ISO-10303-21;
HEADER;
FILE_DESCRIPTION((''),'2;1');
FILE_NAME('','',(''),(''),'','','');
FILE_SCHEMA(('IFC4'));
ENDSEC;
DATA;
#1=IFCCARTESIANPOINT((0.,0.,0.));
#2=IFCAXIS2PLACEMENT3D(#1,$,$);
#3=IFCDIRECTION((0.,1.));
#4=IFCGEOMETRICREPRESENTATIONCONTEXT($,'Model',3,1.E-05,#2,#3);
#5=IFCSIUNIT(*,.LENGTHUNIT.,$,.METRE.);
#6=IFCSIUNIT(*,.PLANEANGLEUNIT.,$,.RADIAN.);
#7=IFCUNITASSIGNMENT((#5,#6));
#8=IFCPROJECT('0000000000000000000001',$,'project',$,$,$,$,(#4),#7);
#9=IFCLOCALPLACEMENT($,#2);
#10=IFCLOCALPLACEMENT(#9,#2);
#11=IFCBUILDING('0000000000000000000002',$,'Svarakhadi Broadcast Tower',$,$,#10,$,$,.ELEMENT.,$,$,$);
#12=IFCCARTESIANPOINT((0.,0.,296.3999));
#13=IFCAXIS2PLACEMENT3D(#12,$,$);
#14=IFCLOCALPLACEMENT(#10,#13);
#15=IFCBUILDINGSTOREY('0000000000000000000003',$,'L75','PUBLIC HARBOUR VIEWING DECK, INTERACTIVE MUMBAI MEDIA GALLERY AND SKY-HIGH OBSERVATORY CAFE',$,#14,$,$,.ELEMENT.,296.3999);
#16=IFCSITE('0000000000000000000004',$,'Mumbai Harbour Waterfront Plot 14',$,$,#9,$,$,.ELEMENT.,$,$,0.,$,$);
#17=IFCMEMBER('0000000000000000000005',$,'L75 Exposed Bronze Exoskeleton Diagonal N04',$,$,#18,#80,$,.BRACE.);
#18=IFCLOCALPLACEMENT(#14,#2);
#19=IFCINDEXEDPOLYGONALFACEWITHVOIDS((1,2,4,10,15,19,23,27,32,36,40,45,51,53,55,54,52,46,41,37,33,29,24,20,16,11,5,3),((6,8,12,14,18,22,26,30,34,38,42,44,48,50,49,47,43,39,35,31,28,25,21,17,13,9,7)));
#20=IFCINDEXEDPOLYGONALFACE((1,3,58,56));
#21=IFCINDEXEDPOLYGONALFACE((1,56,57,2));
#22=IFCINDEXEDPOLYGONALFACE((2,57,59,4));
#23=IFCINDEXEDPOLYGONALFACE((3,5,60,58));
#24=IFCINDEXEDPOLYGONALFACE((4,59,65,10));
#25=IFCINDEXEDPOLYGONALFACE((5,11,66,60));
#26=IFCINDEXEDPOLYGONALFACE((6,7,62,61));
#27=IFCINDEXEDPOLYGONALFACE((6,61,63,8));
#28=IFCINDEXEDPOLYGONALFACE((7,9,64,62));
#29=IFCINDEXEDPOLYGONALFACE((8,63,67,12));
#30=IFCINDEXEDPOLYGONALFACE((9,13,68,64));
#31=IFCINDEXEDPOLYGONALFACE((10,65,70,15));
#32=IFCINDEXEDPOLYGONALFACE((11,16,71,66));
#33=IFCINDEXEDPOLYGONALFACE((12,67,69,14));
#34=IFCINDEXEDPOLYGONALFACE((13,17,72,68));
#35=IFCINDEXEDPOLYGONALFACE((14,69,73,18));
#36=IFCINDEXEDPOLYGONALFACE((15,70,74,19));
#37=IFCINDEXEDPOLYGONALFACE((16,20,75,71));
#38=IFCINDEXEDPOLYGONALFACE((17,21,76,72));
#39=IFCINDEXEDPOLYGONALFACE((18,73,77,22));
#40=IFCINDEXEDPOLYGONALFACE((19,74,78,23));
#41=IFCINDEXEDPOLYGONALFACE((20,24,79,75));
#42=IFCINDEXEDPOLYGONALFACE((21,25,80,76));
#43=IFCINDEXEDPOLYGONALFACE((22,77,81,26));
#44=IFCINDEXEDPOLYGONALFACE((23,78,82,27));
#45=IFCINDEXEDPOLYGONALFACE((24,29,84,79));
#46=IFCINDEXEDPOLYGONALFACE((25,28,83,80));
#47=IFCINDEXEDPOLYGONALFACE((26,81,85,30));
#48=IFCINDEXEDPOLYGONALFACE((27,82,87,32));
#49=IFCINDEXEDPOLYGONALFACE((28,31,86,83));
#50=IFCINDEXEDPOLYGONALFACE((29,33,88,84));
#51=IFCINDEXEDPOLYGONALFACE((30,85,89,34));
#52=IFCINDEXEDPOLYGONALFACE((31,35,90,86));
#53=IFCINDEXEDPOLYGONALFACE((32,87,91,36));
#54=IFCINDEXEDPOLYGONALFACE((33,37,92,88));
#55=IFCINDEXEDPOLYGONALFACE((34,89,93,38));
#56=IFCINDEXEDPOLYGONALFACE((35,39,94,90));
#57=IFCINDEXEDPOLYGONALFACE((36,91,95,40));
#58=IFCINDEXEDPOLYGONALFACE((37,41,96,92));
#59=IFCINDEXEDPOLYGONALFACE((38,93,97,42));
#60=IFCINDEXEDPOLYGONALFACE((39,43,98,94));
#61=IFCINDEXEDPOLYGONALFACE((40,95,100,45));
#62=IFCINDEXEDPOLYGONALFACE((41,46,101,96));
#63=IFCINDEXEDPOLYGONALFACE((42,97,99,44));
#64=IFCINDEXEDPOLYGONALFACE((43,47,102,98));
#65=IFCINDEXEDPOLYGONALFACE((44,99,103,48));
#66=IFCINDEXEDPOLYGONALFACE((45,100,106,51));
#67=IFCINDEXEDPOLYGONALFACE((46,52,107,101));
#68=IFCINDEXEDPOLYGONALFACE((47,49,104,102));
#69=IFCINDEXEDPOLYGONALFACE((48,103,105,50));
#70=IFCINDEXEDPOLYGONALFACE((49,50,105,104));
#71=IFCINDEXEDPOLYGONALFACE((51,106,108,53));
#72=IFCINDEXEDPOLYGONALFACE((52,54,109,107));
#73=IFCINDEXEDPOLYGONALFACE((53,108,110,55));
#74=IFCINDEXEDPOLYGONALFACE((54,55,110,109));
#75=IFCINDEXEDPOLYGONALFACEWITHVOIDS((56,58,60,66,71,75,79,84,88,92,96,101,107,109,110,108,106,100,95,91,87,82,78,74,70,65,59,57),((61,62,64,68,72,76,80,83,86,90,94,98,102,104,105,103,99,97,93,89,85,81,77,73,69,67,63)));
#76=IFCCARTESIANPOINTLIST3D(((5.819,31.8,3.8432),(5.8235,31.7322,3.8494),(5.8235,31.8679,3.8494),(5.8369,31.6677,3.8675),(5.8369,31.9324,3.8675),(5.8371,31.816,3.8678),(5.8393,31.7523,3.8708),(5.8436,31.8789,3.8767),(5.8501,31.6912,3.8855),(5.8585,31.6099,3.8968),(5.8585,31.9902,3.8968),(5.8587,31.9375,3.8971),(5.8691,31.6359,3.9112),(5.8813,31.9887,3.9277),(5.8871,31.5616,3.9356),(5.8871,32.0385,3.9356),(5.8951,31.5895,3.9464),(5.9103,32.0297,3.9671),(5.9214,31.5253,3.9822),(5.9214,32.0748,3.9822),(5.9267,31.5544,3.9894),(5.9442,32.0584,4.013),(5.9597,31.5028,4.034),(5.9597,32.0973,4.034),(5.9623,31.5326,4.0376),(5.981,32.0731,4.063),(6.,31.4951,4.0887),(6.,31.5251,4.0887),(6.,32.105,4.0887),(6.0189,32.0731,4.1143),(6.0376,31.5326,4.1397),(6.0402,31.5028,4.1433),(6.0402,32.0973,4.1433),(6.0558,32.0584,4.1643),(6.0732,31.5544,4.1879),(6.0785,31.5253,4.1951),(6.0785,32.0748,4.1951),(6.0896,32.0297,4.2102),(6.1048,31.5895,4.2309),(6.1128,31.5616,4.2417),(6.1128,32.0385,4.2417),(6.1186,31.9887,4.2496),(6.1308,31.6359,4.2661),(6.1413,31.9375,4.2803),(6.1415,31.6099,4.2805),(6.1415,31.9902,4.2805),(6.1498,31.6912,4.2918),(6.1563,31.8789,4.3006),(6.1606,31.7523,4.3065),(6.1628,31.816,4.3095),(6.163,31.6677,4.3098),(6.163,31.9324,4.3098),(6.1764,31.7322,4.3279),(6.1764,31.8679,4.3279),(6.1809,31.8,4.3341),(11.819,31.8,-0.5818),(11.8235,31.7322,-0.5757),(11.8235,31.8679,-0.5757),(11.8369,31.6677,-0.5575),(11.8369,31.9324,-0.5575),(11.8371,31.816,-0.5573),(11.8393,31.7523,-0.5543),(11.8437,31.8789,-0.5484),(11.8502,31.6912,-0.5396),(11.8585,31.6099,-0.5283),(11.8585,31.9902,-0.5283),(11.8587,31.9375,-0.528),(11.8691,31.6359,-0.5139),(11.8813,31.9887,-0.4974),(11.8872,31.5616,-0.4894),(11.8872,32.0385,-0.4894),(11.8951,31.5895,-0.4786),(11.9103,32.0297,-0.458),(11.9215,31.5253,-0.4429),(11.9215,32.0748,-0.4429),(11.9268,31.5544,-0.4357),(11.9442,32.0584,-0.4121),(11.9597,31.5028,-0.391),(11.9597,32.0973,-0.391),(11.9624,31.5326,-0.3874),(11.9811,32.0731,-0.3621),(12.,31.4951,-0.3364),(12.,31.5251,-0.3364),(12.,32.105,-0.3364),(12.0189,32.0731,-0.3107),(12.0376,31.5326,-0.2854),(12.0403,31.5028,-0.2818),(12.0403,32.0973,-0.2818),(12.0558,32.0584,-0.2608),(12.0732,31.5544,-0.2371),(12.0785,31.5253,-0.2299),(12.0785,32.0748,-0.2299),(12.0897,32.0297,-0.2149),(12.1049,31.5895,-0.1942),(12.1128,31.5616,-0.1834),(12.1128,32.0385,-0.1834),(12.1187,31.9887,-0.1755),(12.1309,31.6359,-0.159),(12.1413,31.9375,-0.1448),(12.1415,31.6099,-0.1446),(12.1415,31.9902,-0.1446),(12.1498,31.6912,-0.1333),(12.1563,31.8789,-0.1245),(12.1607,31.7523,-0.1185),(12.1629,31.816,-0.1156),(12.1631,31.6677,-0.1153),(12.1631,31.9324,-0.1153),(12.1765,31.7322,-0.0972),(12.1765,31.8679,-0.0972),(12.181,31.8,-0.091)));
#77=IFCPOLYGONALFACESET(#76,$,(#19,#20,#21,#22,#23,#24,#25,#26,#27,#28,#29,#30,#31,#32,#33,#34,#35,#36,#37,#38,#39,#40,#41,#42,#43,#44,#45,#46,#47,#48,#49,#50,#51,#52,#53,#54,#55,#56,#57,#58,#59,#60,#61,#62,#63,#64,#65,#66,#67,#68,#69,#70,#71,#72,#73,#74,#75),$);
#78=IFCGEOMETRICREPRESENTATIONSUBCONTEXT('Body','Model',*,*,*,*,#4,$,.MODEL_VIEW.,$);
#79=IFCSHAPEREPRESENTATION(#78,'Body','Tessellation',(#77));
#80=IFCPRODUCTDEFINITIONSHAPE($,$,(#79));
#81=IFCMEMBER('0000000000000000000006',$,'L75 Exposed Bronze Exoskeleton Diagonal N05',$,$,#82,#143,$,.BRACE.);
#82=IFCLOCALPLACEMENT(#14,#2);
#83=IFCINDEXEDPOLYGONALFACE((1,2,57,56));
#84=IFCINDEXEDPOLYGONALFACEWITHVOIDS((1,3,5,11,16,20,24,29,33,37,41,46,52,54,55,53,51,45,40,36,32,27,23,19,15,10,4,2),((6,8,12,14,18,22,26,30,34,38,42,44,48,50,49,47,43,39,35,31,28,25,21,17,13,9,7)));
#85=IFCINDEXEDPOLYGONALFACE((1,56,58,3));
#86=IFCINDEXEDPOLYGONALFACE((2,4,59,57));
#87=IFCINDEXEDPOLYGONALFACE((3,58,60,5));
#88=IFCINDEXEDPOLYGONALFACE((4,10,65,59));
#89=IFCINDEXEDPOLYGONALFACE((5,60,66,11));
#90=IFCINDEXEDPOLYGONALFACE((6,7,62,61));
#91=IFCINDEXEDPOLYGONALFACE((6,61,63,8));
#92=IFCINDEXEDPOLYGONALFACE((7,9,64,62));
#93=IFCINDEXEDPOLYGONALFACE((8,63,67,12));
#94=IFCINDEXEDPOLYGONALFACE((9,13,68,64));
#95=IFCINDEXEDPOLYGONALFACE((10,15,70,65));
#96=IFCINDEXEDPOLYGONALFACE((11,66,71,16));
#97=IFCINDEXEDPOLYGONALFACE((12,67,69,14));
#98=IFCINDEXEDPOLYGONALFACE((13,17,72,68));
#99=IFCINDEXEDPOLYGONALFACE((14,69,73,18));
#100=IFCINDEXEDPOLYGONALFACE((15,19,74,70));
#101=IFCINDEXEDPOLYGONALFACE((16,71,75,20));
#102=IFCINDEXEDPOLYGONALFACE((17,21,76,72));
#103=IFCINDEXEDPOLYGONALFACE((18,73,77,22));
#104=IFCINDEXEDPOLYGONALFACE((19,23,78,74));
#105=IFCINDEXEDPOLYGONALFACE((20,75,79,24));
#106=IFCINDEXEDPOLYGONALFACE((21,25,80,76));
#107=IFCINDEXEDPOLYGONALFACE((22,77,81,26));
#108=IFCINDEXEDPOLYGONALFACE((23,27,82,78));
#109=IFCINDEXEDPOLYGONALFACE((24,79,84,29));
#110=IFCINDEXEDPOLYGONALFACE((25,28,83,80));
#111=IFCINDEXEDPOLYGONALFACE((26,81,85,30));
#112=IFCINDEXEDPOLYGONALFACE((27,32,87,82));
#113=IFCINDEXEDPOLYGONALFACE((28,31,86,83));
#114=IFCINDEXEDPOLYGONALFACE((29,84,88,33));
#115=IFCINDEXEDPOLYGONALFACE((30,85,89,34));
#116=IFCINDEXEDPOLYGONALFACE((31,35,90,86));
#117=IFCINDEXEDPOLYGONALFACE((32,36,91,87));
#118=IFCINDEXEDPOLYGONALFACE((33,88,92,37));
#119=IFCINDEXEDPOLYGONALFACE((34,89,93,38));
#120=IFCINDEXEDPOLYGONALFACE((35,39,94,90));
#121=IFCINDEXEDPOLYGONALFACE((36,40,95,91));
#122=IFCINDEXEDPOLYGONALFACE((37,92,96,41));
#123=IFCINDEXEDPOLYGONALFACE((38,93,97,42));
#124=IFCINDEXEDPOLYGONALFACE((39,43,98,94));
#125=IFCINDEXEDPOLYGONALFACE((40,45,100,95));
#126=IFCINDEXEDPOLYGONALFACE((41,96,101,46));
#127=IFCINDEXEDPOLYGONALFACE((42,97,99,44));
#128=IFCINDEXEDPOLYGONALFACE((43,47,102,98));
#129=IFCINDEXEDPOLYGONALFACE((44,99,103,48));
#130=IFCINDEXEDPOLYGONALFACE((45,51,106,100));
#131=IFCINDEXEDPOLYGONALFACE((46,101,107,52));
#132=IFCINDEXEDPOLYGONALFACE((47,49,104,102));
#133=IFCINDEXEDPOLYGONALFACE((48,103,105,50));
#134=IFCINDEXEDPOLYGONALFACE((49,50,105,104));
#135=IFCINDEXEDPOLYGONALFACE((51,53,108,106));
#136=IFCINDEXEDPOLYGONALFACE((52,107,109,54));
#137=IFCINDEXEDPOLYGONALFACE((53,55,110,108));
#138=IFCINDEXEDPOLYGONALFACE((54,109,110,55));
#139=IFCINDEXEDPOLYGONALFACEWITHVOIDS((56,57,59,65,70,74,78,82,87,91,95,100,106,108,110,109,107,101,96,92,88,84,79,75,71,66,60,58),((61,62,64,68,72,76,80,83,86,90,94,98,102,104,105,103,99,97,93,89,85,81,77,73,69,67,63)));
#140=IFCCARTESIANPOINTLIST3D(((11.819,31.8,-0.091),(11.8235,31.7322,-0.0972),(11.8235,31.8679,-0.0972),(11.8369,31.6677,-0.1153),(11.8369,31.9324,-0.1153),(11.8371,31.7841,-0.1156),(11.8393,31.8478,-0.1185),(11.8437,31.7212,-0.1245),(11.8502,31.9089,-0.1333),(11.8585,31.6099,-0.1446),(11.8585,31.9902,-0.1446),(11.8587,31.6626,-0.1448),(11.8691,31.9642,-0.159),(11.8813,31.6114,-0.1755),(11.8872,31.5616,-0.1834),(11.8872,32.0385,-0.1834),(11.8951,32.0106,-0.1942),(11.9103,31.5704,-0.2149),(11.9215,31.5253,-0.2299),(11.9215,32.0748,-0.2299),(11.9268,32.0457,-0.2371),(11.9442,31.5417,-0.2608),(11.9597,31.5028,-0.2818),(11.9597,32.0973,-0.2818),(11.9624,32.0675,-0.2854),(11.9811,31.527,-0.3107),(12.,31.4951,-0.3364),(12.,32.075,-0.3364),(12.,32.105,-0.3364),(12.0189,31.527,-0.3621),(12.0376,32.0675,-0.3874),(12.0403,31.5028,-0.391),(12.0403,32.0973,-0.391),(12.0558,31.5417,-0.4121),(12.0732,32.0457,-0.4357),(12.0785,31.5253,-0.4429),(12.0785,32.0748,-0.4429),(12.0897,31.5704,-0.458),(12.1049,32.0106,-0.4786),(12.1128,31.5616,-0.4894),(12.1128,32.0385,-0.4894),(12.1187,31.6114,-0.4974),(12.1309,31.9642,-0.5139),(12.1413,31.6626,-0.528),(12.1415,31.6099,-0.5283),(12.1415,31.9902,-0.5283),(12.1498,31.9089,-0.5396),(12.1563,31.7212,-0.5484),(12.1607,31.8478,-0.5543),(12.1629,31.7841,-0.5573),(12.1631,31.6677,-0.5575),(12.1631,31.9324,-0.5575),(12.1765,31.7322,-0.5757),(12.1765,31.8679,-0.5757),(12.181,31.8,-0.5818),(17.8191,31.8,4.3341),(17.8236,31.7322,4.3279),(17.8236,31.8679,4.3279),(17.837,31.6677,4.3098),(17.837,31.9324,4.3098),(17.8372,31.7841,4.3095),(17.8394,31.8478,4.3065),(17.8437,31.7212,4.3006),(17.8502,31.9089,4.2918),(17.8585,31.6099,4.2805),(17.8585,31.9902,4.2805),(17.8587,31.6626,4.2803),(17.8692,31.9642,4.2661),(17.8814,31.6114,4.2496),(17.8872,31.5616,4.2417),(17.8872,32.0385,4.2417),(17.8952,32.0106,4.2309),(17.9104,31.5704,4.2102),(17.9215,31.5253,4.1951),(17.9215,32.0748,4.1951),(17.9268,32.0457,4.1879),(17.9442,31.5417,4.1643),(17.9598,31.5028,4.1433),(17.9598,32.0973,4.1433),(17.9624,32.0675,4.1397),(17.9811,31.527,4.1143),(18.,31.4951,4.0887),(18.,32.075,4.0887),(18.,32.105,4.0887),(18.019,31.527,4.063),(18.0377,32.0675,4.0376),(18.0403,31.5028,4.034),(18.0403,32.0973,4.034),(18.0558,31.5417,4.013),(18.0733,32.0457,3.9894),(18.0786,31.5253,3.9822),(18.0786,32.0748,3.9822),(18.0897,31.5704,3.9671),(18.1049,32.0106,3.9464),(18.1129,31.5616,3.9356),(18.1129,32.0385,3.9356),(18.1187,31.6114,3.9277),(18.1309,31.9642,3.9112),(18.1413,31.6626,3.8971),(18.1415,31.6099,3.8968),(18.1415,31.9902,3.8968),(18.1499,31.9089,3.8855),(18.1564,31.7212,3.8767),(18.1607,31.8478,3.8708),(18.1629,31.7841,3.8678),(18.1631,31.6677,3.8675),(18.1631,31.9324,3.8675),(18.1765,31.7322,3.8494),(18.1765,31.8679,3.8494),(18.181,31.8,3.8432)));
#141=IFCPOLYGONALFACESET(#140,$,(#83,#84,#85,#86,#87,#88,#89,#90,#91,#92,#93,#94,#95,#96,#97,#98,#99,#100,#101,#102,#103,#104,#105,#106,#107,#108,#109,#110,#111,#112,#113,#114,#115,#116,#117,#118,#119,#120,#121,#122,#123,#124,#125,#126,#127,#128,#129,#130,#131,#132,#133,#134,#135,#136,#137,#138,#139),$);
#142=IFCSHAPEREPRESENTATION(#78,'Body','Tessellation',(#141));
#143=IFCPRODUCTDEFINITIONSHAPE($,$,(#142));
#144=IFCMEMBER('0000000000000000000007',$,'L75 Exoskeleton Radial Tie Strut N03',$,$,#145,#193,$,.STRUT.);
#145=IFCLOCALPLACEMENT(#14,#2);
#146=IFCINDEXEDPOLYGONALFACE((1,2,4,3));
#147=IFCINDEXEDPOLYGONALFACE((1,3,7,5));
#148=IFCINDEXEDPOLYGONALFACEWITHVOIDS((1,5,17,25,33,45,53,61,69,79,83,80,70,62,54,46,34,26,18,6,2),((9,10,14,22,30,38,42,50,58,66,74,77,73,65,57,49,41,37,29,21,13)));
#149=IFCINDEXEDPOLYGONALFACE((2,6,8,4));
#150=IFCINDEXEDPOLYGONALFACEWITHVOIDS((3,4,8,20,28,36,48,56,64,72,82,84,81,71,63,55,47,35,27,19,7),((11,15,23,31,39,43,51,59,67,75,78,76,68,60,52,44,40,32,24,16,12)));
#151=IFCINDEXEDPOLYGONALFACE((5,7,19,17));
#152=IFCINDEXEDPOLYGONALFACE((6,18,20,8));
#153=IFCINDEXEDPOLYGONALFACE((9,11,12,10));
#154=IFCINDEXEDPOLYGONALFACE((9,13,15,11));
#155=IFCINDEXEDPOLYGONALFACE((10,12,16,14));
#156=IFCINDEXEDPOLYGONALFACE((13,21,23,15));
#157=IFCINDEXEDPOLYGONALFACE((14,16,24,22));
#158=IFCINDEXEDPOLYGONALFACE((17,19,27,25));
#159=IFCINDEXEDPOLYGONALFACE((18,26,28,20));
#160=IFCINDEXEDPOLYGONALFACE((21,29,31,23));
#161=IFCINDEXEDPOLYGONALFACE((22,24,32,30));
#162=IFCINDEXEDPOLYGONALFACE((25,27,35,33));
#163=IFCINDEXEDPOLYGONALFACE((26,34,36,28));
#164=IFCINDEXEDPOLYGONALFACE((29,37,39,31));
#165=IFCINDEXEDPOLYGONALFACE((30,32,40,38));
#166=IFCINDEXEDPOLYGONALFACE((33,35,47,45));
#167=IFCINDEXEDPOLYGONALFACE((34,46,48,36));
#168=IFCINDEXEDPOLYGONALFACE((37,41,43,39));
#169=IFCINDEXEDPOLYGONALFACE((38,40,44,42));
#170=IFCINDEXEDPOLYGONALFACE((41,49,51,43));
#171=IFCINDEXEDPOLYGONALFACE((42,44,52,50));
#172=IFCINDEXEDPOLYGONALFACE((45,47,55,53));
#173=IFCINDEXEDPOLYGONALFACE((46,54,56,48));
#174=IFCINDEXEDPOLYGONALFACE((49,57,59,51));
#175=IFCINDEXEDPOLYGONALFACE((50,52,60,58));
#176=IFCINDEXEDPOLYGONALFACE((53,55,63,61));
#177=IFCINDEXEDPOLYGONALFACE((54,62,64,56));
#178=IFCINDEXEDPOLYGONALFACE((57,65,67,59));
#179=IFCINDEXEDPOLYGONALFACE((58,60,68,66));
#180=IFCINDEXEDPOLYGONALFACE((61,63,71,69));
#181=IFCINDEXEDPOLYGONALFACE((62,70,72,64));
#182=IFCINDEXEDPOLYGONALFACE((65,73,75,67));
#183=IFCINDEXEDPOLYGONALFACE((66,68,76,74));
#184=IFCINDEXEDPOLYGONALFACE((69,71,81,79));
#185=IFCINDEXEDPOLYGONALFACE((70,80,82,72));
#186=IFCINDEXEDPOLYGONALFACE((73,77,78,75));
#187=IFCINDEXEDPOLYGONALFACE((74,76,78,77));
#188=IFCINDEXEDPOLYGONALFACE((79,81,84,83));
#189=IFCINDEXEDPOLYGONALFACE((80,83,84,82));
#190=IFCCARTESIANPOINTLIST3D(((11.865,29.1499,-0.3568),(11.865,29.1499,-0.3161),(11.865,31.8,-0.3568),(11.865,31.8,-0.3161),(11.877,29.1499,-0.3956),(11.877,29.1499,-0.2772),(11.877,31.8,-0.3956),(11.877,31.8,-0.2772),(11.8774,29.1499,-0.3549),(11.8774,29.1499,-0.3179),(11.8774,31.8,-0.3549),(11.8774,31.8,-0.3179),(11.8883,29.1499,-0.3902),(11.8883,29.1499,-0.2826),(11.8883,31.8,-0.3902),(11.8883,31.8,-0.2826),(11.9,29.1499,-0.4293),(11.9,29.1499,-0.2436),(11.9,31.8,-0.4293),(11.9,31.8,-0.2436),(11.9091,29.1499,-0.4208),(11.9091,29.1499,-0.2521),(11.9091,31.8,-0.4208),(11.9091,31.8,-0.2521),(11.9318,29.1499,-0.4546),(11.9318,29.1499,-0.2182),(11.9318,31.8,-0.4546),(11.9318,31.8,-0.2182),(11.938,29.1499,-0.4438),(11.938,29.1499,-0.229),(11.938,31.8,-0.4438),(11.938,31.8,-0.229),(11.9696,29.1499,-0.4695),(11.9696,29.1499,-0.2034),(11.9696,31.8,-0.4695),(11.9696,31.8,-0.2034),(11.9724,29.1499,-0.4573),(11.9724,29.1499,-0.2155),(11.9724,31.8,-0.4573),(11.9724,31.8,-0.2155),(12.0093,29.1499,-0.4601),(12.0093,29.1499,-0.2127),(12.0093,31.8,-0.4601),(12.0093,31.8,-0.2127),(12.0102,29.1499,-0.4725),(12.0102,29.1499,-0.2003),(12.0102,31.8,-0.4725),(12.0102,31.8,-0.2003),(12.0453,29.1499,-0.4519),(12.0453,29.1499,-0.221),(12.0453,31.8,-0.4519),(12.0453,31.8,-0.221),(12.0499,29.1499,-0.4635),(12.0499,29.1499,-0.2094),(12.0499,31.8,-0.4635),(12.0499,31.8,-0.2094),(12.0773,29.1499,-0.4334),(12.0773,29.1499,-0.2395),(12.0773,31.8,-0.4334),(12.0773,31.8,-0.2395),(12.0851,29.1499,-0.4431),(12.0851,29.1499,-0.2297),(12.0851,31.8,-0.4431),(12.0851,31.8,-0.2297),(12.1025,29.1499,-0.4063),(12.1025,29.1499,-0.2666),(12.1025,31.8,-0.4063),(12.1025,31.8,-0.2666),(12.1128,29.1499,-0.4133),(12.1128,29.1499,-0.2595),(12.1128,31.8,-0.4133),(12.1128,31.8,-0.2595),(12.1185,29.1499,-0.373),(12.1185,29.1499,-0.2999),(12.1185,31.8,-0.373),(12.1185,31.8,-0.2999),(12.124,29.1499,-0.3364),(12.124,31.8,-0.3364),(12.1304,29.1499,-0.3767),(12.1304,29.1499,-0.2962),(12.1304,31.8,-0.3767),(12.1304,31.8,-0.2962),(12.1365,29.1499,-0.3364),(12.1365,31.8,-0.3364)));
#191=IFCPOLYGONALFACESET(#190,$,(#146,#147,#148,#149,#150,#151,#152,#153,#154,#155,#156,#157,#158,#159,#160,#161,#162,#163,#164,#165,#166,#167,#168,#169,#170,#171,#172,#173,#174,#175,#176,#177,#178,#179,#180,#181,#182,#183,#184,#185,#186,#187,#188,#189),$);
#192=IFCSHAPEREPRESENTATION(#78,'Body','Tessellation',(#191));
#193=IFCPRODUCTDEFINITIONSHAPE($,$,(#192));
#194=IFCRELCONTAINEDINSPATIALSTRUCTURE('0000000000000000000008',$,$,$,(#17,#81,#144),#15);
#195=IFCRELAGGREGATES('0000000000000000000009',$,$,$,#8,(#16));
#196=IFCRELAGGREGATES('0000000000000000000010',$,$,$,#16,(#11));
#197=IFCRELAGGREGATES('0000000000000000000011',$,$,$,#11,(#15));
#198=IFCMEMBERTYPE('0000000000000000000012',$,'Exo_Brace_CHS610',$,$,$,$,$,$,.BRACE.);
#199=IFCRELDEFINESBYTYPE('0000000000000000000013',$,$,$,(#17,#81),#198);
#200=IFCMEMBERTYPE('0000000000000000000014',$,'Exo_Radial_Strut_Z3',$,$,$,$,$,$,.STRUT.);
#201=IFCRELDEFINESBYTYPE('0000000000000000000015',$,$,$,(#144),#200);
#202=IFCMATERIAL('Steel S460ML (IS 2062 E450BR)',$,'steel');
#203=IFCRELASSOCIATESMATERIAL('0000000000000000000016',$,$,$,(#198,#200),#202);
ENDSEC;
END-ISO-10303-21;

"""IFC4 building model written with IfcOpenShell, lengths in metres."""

from ifc_helpers import new_model, si_unit, direction, frame, origin, origin_2d, place, context, subcontext, project, spatial, hollow_circle, extrude, material, material_profile, profile_set, type_object, element, save


model = new_model("IFC4")

# Units and contexts
model_context = context("Model", 3, precision=1e-05, world=origin(), true_north=direction((0.0, 1.0)))
body_context = subcontext(model_context, "Body", "Model", "MODEL_VIEW")
ifc_project = project(units=[si_unit("LENGTHUNIT", "METRE"), si_unit("PLANEANGLEUNIT", "RADIAN")], contexts=[model_context])

# Site, building, storey
site_placement = place(None, origin())
site = spatial("IfcSite", under=ifc_project, at=site_placement, Name="Mumbai Harbour Waterfront Plot 14", CompositionType="ELEMENT", RefElevation=0.0)
building_placement = place(site_placement, origin())
building = spatial("IfcBuilding", under=site, at=building_placement, Name="Svarakhadi Broadcast Tower", CompositionType="ELEMENT")
storey_placement = place(building_placement, frame((0.0, 0.0, 296.3999)))
storey = spatial("IfcBuildingStorey", under=building, at=storey_placement, Name="L75", Description="PUBLIC HARBOUR VIEWING DECK, INTERACTIVE MUMBAI MEDIA GALLERY AND SKY-HIGH OBSERVATORY CAFE", CompositionType="ELEMENT", Elevation=296.3999)

# Shared definitions
ifc_material_1 = material(Name="Steel S460ML (IS 2062 E450BR)", Category="steel")

# Members
ifc_material_profile_1 = material_profile(ifc_material_1, hollow_circle(Radius=0.3049, WallThickness=0.03, at=origin_2d()), Name="CHS 610x30")
ifc_profile_set_1 = profile_set([ifc_material_profile_1], Name="Steel S460ML (IS 2062 E450BR)")
member_type_1 = type_object("IfcMemberType", Name="Exo_Brace_CHS610", PredefinedType="BRACE", material=ifc_profile_set_1)
for number, where, z_axis, x_axis, name in (
    (1, (12.0, 31.8, -0.3364), (-0.8048, 0.0, 0.593546), (0.0, -1.0, 0.0), "L75 Exposed Bronze Exoskeleton Diagonal N04"),
    (2, (12.0, 31.8, -0.3364), (0.8048, 0.0, 0.593546), (0.0, 1.0, 0.0), "L75 Exposed Bronze Exoskeleton Diagonal N05"),
):
    element("IfcMember", number, at=place(storey_placement, frame(where, z_axis=z_axis, x_axis=x_axis)), inside=storey, type_object=member_type_1, Name=name, PredefinedType="BRACE", context=body_context, shape_type="SweptSolid", body=[
        extrude(hollow_circle(Radius=0.3049, WallThickness=0.03, at=origin_2d()), origin(), (0.0, 0.0, 1.0), 7.4553),
    ])
ifc_material_profile_2 = material_profile(ifc_material_1, hollow_circle(Radius=0.1365, WallThickness=0.0125, at=origin_2d()), Name="CHS 273x12.5")
ifc_profile_set_2 = profile_set([ifc_material_profile_2], Name="Steel S460ML (IS 2062 E450BR)")
member_type_2 = type_object("IfcMemberType", Name="Exo_Radial_Strut_Z3", PredefinedType="STRUT", material=ifc_profile_set_2)
member_1_placement = place(storey_placement, frame((12.0, 31.8, -0.3364), z_axis=(0.0, -1.0, 0.0), x_axis=(1.0, 0.0, 0.0)))
element("IfcMember", 3, at=member_1_placement, inside=storey, type_object=member_type_2, Name="L75 Exoskeleton Radial Tie Strut N03", PredefinedType="STRUT", context=body_context, shape_type="SweptSolid", body=[
    extrude(hollow_circle(Radius=0.1365, WallThickness=0.0125, at=origin_2d()), origin(), (0.0, 0.0, 1.0), 2.6501),
])

save(model, "model.ifc")
